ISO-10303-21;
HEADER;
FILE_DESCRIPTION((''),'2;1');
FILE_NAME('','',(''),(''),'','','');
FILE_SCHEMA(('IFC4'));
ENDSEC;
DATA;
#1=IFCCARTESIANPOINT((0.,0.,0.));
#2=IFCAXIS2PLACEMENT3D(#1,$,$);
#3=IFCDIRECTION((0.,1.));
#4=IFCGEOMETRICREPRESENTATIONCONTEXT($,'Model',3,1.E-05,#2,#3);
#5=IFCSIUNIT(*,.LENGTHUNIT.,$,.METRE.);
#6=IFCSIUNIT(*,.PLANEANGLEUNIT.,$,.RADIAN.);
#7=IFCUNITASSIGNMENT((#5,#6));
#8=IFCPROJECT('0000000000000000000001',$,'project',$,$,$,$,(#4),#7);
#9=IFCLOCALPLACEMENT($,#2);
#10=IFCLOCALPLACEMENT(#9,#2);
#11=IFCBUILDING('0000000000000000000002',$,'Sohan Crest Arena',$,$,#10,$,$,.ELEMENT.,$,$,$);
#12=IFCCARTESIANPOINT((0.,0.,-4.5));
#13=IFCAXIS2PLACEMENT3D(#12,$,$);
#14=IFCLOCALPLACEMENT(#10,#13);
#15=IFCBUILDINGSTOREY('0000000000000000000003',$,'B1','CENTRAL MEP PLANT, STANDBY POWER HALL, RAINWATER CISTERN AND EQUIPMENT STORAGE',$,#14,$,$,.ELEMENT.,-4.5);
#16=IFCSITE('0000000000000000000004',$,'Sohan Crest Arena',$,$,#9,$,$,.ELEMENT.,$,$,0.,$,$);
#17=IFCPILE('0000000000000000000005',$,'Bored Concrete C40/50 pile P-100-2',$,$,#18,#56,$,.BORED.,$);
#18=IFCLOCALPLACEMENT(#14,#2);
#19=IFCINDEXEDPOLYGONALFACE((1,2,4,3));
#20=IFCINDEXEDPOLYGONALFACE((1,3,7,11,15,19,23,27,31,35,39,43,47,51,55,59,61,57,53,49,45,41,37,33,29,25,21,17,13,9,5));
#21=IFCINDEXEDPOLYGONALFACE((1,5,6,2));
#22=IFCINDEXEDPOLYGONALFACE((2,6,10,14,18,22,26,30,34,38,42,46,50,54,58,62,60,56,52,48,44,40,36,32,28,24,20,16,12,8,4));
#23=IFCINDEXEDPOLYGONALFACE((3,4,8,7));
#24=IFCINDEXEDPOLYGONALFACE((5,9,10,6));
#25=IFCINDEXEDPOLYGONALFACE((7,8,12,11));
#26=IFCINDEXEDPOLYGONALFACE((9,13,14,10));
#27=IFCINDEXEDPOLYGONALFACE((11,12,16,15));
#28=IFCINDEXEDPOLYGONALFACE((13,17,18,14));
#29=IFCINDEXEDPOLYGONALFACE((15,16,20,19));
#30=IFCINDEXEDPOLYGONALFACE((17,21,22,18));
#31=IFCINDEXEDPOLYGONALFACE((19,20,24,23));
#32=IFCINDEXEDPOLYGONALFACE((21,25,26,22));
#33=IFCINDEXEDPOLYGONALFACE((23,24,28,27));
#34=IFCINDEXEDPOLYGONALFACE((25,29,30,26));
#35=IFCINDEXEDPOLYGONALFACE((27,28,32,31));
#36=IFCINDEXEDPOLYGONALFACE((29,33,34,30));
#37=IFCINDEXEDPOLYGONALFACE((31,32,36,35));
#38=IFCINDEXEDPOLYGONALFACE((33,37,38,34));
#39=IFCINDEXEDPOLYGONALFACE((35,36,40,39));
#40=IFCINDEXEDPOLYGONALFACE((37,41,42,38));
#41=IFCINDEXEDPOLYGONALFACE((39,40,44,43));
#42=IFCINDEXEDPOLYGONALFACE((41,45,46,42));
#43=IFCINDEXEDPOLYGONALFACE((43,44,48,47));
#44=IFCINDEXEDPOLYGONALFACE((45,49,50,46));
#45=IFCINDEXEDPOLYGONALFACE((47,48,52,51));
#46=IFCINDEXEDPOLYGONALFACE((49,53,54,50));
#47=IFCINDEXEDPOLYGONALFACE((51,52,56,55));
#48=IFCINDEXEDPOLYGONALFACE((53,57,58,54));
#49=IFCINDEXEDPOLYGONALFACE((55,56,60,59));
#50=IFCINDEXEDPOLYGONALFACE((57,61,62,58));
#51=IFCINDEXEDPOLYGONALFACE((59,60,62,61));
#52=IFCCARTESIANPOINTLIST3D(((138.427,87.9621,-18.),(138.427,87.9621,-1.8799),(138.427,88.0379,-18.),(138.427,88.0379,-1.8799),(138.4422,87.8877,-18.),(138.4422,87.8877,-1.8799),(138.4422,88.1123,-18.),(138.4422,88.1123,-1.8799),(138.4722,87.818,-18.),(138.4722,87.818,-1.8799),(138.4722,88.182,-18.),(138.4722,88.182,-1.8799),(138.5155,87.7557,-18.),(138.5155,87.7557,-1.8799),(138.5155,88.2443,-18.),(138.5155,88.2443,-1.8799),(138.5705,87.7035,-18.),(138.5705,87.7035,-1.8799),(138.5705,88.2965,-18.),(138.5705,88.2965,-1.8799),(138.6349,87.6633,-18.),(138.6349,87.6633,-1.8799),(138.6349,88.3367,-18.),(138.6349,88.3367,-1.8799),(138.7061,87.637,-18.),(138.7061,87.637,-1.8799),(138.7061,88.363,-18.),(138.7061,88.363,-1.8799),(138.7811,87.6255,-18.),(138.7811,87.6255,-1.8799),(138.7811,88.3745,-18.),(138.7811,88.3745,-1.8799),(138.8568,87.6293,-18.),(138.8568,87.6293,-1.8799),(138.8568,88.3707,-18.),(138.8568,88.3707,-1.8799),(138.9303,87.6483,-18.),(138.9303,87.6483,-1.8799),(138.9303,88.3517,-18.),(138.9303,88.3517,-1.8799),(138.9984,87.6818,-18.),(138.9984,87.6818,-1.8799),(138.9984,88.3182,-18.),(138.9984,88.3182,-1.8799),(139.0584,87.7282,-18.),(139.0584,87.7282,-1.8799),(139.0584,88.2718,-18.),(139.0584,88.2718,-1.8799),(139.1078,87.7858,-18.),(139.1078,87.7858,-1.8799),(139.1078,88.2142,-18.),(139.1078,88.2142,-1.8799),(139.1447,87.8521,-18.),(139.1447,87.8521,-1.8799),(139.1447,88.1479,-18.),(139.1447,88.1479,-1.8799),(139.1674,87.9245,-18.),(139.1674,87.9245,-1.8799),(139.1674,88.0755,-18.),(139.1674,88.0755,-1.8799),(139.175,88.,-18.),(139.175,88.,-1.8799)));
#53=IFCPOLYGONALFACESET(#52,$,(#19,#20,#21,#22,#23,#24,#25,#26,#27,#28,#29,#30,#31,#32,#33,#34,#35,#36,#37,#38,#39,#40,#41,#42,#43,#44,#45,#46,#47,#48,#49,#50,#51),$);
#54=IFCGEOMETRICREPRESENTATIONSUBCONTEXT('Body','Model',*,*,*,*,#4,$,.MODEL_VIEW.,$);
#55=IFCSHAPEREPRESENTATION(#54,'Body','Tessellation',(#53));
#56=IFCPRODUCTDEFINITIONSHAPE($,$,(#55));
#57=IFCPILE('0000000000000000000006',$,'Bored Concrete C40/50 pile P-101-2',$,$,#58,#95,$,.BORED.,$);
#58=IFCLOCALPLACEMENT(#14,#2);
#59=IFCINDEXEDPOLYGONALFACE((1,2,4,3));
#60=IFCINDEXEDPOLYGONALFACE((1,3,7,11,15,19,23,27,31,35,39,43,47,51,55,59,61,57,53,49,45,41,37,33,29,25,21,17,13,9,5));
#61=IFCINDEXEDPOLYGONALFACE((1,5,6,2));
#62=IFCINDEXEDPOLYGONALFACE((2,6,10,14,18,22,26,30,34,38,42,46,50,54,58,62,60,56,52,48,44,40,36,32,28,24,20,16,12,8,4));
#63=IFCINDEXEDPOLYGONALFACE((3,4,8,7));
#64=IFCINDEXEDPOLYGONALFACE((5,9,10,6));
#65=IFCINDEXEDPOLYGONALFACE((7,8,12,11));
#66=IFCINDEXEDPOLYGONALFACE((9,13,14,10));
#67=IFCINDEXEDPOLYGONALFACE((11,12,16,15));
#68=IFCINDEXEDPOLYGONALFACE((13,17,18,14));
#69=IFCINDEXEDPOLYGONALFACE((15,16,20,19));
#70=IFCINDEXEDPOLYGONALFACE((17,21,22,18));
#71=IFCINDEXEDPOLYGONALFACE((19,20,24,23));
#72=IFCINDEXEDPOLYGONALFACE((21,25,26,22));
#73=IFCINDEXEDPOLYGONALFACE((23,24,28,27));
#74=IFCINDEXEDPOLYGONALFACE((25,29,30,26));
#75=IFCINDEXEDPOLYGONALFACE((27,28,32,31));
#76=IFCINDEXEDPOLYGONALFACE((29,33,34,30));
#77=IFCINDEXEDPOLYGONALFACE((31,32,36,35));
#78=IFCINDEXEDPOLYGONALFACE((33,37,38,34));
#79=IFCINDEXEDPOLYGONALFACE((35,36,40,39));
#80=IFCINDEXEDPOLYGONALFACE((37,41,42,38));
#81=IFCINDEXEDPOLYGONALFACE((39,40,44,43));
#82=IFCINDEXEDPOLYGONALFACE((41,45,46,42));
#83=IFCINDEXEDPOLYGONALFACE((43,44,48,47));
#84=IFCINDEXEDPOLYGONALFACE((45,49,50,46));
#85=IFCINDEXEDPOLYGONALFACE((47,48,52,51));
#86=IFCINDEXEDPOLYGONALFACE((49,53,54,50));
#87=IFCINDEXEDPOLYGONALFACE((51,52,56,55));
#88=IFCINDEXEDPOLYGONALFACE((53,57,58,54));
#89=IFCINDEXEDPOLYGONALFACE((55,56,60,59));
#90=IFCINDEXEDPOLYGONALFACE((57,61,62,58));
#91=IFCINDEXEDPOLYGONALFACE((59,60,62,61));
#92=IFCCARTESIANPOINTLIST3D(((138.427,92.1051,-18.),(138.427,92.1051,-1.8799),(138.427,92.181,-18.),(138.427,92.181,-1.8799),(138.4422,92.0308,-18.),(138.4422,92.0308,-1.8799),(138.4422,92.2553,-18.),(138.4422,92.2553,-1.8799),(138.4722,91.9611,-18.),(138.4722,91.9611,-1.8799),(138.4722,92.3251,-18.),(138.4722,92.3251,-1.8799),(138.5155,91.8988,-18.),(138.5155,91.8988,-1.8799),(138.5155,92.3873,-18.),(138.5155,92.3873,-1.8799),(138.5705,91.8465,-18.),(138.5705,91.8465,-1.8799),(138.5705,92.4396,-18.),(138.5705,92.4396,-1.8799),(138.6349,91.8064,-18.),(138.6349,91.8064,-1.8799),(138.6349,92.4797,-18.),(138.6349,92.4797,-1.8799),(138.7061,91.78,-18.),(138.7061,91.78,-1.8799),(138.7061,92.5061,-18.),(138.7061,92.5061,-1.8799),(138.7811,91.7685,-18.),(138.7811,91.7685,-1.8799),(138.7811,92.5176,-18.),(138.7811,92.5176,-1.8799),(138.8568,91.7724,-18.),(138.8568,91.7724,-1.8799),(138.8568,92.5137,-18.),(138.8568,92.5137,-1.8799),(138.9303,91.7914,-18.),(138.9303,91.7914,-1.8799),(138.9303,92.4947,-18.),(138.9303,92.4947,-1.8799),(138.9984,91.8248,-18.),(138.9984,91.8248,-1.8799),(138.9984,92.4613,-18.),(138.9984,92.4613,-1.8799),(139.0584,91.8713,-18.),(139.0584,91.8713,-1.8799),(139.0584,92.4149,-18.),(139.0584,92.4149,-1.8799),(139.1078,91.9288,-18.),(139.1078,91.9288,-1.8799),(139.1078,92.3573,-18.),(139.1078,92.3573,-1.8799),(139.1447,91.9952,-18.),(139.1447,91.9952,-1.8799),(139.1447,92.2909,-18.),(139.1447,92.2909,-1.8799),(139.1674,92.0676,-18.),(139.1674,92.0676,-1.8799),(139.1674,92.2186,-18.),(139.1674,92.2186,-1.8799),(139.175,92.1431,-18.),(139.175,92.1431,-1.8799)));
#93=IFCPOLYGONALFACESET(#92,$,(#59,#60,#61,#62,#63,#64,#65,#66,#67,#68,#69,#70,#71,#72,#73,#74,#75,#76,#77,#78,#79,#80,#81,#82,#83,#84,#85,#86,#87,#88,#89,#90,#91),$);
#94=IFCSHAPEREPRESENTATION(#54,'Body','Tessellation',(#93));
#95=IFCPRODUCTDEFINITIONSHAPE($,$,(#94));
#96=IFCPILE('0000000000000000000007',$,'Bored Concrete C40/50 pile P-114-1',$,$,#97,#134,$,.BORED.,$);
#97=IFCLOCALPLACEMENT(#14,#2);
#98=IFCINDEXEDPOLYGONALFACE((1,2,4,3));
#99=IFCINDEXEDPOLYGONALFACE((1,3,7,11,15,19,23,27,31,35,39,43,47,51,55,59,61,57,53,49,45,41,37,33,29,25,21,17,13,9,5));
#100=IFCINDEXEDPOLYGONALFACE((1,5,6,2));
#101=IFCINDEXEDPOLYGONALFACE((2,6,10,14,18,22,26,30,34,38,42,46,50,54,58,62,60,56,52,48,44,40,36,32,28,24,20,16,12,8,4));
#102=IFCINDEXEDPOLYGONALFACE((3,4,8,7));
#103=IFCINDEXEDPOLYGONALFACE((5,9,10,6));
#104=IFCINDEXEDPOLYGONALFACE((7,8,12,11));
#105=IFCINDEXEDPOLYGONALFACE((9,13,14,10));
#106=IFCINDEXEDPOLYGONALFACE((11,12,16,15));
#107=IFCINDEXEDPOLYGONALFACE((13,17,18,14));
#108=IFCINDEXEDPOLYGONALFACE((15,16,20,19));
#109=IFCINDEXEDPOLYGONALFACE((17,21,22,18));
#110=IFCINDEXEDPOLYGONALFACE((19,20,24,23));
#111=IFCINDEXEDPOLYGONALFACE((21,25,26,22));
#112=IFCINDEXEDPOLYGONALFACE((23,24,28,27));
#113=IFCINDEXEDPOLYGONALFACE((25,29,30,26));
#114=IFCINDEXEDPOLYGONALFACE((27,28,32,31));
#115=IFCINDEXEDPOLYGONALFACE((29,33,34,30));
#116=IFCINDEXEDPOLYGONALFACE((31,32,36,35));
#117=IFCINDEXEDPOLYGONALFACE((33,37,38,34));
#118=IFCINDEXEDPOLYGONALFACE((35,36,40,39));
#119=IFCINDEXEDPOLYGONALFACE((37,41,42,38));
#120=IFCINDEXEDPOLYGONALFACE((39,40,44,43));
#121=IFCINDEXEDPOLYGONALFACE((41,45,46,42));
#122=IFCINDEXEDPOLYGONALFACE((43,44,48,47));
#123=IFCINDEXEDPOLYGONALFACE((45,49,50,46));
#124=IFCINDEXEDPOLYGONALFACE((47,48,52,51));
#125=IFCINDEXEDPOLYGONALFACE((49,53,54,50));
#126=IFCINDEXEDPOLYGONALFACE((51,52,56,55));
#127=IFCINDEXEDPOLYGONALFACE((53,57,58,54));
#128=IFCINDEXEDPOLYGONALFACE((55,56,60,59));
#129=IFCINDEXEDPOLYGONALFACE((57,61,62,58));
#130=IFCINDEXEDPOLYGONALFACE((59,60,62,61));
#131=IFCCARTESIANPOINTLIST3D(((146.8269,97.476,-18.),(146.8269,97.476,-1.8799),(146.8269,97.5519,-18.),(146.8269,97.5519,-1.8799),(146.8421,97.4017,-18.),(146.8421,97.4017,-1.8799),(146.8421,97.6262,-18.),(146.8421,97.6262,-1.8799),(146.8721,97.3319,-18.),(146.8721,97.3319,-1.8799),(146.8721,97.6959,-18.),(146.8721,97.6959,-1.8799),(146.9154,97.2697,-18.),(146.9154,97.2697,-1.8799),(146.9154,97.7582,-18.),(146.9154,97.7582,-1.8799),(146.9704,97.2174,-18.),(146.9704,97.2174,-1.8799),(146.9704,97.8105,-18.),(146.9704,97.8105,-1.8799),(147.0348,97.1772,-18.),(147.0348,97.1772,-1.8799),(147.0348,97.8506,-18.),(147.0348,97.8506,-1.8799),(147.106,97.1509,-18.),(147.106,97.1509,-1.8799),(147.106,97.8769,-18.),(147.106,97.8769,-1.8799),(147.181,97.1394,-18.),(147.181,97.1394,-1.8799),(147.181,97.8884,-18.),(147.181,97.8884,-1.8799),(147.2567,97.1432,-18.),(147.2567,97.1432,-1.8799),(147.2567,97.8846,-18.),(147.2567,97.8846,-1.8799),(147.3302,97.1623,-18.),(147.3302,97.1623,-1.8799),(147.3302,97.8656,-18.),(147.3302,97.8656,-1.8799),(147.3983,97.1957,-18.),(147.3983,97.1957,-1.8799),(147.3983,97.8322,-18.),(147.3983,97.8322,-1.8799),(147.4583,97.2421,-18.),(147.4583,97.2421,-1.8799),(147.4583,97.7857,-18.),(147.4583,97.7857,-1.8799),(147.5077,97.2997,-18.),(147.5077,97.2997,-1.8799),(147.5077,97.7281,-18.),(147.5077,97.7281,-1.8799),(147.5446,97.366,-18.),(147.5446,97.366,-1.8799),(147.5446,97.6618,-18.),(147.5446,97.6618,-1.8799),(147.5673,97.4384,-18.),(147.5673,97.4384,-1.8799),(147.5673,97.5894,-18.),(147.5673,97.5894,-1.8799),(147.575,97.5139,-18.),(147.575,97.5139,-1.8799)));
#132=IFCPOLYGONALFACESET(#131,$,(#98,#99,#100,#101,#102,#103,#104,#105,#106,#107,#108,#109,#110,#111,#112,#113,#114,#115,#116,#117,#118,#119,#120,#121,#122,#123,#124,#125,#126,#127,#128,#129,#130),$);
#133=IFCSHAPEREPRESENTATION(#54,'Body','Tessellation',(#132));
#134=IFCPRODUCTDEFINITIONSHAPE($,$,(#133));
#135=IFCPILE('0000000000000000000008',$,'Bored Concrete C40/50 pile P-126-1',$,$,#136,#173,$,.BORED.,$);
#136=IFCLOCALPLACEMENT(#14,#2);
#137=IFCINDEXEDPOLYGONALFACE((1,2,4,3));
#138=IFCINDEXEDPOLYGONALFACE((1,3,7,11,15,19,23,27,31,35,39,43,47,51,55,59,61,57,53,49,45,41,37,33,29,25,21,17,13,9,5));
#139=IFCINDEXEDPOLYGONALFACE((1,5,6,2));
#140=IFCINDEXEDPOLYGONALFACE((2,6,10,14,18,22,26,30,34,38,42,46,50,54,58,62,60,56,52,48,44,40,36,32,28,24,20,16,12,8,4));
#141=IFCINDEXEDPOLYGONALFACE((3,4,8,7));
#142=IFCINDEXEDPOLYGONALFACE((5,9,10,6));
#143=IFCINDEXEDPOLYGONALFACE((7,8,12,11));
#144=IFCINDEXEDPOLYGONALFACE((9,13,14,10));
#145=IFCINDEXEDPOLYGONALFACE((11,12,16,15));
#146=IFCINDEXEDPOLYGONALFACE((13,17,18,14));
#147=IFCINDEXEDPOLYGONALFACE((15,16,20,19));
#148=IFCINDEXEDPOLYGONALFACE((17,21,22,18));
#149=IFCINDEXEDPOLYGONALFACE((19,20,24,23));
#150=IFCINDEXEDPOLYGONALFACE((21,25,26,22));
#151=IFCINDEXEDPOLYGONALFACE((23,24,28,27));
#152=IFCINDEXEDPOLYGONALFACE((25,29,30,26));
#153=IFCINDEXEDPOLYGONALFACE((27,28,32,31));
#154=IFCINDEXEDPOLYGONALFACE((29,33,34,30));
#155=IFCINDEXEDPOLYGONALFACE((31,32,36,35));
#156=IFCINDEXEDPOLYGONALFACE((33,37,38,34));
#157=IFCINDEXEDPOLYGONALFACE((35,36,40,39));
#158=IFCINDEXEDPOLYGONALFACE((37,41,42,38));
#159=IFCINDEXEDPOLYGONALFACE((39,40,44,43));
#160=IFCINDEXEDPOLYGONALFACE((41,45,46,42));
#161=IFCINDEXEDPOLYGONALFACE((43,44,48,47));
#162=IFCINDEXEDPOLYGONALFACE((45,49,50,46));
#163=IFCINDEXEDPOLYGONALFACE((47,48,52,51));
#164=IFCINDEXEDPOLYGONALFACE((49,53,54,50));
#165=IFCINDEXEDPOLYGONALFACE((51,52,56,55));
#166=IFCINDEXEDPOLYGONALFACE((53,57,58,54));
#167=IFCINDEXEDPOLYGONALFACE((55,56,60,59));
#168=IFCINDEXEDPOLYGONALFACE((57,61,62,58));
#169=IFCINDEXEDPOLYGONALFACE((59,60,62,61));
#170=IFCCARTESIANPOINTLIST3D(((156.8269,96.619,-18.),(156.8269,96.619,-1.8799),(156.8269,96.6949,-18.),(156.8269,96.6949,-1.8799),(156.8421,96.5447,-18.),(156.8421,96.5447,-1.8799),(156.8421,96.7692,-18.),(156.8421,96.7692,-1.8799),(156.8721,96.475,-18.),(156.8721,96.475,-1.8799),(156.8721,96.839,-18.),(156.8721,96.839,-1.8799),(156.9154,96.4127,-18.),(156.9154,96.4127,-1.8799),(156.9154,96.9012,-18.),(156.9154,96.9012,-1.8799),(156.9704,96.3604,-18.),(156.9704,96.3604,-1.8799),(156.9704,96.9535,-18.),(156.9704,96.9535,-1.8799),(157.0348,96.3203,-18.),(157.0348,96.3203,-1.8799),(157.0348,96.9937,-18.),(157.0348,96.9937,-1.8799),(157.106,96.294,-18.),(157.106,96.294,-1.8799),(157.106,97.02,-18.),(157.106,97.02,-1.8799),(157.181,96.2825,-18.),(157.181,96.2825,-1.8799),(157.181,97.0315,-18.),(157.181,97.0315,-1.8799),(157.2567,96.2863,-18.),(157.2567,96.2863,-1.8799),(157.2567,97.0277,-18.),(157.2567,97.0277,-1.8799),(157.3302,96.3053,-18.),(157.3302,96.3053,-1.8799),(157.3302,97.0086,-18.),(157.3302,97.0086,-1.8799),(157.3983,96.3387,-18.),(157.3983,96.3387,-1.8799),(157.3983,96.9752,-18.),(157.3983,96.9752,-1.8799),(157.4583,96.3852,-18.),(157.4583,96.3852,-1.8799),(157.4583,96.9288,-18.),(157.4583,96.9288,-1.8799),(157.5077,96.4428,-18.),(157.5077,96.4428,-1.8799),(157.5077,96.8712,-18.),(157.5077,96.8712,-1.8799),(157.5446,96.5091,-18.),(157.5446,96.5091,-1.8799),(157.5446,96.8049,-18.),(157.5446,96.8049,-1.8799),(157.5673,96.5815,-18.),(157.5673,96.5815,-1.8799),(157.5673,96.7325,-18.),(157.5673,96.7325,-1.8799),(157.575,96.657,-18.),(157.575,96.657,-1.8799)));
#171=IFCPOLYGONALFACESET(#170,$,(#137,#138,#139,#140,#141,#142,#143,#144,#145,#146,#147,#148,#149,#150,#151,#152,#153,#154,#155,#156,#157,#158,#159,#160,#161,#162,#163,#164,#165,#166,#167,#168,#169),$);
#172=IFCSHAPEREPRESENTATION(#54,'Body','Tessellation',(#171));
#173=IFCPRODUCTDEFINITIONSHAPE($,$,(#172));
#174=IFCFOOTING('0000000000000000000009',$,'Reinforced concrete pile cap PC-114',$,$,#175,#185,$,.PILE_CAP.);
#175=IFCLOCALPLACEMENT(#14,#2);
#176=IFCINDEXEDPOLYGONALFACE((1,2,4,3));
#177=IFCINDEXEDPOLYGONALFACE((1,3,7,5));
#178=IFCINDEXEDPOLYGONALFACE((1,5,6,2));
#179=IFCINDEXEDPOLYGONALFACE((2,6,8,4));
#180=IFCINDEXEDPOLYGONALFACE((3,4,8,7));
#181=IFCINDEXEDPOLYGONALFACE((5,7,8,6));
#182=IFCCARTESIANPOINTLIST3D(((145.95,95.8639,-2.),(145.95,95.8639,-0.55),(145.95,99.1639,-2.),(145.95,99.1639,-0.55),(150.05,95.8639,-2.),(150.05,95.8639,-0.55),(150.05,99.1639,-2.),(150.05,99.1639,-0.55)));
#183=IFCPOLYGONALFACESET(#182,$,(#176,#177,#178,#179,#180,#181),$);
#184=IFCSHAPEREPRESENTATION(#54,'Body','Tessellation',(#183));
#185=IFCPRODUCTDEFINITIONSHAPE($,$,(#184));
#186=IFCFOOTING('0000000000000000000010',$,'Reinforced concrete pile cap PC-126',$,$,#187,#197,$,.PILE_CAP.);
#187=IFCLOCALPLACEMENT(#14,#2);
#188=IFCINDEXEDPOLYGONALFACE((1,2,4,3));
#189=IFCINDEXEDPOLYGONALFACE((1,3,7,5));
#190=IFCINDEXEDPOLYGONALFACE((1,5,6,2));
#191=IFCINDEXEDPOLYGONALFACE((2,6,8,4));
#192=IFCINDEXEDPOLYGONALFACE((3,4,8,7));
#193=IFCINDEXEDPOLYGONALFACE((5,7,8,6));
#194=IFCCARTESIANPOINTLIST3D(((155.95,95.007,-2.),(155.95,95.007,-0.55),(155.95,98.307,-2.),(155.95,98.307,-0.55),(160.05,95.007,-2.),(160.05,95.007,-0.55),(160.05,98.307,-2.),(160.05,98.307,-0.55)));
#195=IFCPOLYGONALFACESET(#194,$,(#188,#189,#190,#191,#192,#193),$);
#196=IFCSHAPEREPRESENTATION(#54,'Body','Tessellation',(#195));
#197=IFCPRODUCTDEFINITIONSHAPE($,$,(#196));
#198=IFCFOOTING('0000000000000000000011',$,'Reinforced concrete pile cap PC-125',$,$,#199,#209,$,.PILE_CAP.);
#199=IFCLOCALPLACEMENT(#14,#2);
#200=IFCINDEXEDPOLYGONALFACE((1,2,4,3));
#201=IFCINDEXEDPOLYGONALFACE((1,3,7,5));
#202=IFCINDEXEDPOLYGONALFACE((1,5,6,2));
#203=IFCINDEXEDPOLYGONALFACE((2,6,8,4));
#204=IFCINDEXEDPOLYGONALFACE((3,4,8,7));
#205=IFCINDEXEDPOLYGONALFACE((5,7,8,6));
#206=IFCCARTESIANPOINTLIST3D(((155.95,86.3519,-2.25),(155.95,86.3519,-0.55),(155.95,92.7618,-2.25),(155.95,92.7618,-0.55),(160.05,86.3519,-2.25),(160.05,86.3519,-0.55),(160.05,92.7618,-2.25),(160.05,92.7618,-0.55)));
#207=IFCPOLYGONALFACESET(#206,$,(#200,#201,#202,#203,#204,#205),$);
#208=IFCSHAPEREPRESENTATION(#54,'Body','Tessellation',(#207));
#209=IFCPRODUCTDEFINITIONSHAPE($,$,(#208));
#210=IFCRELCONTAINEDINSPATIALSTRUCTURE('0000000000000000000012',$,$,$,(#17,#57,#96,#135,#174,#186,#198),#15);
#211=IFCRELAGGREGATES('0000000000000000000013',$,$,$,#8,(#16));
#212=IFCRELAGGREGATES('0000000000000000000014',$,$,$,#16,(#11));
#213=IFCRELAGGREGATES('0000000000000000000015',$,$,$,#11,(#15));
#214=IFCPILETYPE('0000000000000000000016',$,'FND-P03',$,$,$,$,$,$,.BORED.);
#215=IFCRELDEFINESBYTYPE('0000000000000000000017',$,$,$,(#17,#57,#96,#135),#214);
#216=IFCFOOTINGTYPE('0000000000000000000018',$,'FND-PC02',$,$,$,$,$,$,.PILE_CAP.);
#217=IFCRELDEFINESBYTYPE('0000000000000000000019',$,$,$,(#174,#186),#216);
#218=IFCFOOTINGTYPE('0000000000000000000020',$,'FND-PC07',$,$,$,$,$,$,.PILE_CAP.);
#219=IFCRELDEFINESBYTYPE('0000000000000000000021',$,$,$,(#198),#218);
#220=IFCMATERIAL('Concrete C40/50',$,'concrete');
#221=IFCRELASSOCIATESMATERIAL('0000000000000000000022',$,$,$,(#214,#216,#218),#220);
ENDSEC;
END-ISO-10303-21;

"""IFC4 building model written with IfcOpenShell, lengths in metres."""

from ifc_helpers import new_model, si_unit, direction, frame, origin, origin_2d, place, context, subcontext, project, spatial, rectangle, circle, extrude, material, material_profile, profile_set, type_object, element, save


model = new_model("IFC4")

# Units and contexts
model_context = context("Model", 3, precision=1e-05, world=origin(), true_north=direction((0.0, 1.0)))
body_context = subcontext(model_context, "Body", "Model", "MODEL_VIEW")
ifc_project = project(units=[si_unit("LENGTHUNIT", "METRE"), si_unit("PLANEANGLEUNIT", "RADIAN")], contexts=[model_context])

# Site, building, storey
site_placement = place(None, origin())
site = spatial("IfcSite", under=ifc_project, at=site_placement, Name="Sohan Crest Arena", CompositionType="ELEMENT", RefElevation=0.0)
building_placement = place(site_placement, origin())
building = spatial("IfcBuilding", under=site, at=building_placement, Name="Sohan Crest Arena", CompositionType="ELEMENT")
storey_placement = place(building_placement, frame((0.0, 0.0, -4.5)))
storey = spatial("IfcBuildingStorey", under=building, at=storey_placement, Name="B1", Description="CENTRAL MEP PLANT, STANDBY POWER HALL, RAINWATER CISTERN AND EQUIPMENT STORAGE", CompositionType="ELEMENT", Elevation=-4.5)

# Shared definitions
ifc_material = material(Name="Concrete C40/50", Category="concrete")

# Piles
ifc_material_profile_1 = material_profile(ifc_material, circle(Radius=0.375, at=origin_2d()), Name="PILE D750")
ifc_profile_set_1 = profile_set([ifc_material_profile_1], Name="Concrete C40/50")
pile_type_1 = type_object("IfcPileType", Name="FND-P03", PredefinedType="BORED", material=ifc_profile_set_1)
for number, where, z_axis, x_axis, name in (
    (1, (138.8, 88.0, -18.0), (0.0, 0.0, 1.0), (1.0, 0.0, 0.0), "Bored Concrete C40/50 pile P-100-2"),
    (2, (138.8, 92.1431, -18.0), (0.0, 0.0, 1.0), (1.0, 0.0, 0.0), "Bored Concrete C40/50 pile P-101-2"),
    (3, (147.2, 97.5139, -18.0), (0.0, 0.0, 1.0), (1.0, 0.0, 0.0), "Bored Concrete C40/50 pile P-114-1"),
    (4, (157.2, 96.657, -18.0), (0.0, 0.0, 1.0), (1.0, 0.0, 0.0), "Bored Concrete C40/50 pile P-126-1"),
):
    element("IfcPile", number, at=place(storey_placement, frame(where, z_axis=z_axis, x_axis=x_axis)), inside=storey, type_object=pile_type_1, Name=name, PredefinedType="BORED", context=body_context, shape_type="SweptSolid", body=[
        extrude(circle(Radius=0.375, at=origin_2d()), origin(), (0.0, 0.0, 1.0), 16.1201),
    ])

# Footings
footing_type_1 = type_object("IfcFootingType", Name="FND-PC02", PredefinedType="PILE_CAP", material=ifc_material)
for number, where, z_axis, x_axis, name in (
    (5, (148.0, 97.5139, -2.0), (0.0, 0.0, 1.0), (1.0, 0.0, 0.0), "Reinforced concrete pile cap PC-114"),
    (6, (158.0, 96.657, -2.0), (0.0, 0.0, 1.0), (1.0, 0.0, 0.0), "Reinforced concrete pile cap PC-126"),
):
    element("IfcFooting", number, at=place(storey_placement, frame(where, z_axis=z_axis, x_axis=x_axis)), inside=storey, type_object=footing_type_1, Name=name, PredefinedType="PILE_CAP", context=body_context, shape_type="SweptSolid", body=[
        extrude(rectangle(XDim=4.1001, YDim=3.3, at=origin_2d()), origin(), (0.0, 0.0, 1.0), 1.45),
    ])
footing_type_2 = type_object("IfcFootingType", Name="FND-PC07", PredefinedType="PILE_CAP", material=ifc_material)
footing_1_placement = place(storey_placement, frame((158.0, 89.5569, -2.25), z_axis=(0.0, 0.0, 1.0), x_axis=(0.0, 1.0, 0.0)))
element("IfcFooting", 7, at=footing_1_placement, inside=storey, type_object=footing_type_2, Name="Reinforced concrete pile cap PC-125", PredefinedType="PILE_CAP", context=body_context, shape_type="SweptSolid", body=[
    extrude(rectangle(XDim=6.4099, YDim=4.1001, at=origin_2d()), origin(), (0.0, 0.0, 1.0), 1.7),
])

save(model, "model.ifc")
